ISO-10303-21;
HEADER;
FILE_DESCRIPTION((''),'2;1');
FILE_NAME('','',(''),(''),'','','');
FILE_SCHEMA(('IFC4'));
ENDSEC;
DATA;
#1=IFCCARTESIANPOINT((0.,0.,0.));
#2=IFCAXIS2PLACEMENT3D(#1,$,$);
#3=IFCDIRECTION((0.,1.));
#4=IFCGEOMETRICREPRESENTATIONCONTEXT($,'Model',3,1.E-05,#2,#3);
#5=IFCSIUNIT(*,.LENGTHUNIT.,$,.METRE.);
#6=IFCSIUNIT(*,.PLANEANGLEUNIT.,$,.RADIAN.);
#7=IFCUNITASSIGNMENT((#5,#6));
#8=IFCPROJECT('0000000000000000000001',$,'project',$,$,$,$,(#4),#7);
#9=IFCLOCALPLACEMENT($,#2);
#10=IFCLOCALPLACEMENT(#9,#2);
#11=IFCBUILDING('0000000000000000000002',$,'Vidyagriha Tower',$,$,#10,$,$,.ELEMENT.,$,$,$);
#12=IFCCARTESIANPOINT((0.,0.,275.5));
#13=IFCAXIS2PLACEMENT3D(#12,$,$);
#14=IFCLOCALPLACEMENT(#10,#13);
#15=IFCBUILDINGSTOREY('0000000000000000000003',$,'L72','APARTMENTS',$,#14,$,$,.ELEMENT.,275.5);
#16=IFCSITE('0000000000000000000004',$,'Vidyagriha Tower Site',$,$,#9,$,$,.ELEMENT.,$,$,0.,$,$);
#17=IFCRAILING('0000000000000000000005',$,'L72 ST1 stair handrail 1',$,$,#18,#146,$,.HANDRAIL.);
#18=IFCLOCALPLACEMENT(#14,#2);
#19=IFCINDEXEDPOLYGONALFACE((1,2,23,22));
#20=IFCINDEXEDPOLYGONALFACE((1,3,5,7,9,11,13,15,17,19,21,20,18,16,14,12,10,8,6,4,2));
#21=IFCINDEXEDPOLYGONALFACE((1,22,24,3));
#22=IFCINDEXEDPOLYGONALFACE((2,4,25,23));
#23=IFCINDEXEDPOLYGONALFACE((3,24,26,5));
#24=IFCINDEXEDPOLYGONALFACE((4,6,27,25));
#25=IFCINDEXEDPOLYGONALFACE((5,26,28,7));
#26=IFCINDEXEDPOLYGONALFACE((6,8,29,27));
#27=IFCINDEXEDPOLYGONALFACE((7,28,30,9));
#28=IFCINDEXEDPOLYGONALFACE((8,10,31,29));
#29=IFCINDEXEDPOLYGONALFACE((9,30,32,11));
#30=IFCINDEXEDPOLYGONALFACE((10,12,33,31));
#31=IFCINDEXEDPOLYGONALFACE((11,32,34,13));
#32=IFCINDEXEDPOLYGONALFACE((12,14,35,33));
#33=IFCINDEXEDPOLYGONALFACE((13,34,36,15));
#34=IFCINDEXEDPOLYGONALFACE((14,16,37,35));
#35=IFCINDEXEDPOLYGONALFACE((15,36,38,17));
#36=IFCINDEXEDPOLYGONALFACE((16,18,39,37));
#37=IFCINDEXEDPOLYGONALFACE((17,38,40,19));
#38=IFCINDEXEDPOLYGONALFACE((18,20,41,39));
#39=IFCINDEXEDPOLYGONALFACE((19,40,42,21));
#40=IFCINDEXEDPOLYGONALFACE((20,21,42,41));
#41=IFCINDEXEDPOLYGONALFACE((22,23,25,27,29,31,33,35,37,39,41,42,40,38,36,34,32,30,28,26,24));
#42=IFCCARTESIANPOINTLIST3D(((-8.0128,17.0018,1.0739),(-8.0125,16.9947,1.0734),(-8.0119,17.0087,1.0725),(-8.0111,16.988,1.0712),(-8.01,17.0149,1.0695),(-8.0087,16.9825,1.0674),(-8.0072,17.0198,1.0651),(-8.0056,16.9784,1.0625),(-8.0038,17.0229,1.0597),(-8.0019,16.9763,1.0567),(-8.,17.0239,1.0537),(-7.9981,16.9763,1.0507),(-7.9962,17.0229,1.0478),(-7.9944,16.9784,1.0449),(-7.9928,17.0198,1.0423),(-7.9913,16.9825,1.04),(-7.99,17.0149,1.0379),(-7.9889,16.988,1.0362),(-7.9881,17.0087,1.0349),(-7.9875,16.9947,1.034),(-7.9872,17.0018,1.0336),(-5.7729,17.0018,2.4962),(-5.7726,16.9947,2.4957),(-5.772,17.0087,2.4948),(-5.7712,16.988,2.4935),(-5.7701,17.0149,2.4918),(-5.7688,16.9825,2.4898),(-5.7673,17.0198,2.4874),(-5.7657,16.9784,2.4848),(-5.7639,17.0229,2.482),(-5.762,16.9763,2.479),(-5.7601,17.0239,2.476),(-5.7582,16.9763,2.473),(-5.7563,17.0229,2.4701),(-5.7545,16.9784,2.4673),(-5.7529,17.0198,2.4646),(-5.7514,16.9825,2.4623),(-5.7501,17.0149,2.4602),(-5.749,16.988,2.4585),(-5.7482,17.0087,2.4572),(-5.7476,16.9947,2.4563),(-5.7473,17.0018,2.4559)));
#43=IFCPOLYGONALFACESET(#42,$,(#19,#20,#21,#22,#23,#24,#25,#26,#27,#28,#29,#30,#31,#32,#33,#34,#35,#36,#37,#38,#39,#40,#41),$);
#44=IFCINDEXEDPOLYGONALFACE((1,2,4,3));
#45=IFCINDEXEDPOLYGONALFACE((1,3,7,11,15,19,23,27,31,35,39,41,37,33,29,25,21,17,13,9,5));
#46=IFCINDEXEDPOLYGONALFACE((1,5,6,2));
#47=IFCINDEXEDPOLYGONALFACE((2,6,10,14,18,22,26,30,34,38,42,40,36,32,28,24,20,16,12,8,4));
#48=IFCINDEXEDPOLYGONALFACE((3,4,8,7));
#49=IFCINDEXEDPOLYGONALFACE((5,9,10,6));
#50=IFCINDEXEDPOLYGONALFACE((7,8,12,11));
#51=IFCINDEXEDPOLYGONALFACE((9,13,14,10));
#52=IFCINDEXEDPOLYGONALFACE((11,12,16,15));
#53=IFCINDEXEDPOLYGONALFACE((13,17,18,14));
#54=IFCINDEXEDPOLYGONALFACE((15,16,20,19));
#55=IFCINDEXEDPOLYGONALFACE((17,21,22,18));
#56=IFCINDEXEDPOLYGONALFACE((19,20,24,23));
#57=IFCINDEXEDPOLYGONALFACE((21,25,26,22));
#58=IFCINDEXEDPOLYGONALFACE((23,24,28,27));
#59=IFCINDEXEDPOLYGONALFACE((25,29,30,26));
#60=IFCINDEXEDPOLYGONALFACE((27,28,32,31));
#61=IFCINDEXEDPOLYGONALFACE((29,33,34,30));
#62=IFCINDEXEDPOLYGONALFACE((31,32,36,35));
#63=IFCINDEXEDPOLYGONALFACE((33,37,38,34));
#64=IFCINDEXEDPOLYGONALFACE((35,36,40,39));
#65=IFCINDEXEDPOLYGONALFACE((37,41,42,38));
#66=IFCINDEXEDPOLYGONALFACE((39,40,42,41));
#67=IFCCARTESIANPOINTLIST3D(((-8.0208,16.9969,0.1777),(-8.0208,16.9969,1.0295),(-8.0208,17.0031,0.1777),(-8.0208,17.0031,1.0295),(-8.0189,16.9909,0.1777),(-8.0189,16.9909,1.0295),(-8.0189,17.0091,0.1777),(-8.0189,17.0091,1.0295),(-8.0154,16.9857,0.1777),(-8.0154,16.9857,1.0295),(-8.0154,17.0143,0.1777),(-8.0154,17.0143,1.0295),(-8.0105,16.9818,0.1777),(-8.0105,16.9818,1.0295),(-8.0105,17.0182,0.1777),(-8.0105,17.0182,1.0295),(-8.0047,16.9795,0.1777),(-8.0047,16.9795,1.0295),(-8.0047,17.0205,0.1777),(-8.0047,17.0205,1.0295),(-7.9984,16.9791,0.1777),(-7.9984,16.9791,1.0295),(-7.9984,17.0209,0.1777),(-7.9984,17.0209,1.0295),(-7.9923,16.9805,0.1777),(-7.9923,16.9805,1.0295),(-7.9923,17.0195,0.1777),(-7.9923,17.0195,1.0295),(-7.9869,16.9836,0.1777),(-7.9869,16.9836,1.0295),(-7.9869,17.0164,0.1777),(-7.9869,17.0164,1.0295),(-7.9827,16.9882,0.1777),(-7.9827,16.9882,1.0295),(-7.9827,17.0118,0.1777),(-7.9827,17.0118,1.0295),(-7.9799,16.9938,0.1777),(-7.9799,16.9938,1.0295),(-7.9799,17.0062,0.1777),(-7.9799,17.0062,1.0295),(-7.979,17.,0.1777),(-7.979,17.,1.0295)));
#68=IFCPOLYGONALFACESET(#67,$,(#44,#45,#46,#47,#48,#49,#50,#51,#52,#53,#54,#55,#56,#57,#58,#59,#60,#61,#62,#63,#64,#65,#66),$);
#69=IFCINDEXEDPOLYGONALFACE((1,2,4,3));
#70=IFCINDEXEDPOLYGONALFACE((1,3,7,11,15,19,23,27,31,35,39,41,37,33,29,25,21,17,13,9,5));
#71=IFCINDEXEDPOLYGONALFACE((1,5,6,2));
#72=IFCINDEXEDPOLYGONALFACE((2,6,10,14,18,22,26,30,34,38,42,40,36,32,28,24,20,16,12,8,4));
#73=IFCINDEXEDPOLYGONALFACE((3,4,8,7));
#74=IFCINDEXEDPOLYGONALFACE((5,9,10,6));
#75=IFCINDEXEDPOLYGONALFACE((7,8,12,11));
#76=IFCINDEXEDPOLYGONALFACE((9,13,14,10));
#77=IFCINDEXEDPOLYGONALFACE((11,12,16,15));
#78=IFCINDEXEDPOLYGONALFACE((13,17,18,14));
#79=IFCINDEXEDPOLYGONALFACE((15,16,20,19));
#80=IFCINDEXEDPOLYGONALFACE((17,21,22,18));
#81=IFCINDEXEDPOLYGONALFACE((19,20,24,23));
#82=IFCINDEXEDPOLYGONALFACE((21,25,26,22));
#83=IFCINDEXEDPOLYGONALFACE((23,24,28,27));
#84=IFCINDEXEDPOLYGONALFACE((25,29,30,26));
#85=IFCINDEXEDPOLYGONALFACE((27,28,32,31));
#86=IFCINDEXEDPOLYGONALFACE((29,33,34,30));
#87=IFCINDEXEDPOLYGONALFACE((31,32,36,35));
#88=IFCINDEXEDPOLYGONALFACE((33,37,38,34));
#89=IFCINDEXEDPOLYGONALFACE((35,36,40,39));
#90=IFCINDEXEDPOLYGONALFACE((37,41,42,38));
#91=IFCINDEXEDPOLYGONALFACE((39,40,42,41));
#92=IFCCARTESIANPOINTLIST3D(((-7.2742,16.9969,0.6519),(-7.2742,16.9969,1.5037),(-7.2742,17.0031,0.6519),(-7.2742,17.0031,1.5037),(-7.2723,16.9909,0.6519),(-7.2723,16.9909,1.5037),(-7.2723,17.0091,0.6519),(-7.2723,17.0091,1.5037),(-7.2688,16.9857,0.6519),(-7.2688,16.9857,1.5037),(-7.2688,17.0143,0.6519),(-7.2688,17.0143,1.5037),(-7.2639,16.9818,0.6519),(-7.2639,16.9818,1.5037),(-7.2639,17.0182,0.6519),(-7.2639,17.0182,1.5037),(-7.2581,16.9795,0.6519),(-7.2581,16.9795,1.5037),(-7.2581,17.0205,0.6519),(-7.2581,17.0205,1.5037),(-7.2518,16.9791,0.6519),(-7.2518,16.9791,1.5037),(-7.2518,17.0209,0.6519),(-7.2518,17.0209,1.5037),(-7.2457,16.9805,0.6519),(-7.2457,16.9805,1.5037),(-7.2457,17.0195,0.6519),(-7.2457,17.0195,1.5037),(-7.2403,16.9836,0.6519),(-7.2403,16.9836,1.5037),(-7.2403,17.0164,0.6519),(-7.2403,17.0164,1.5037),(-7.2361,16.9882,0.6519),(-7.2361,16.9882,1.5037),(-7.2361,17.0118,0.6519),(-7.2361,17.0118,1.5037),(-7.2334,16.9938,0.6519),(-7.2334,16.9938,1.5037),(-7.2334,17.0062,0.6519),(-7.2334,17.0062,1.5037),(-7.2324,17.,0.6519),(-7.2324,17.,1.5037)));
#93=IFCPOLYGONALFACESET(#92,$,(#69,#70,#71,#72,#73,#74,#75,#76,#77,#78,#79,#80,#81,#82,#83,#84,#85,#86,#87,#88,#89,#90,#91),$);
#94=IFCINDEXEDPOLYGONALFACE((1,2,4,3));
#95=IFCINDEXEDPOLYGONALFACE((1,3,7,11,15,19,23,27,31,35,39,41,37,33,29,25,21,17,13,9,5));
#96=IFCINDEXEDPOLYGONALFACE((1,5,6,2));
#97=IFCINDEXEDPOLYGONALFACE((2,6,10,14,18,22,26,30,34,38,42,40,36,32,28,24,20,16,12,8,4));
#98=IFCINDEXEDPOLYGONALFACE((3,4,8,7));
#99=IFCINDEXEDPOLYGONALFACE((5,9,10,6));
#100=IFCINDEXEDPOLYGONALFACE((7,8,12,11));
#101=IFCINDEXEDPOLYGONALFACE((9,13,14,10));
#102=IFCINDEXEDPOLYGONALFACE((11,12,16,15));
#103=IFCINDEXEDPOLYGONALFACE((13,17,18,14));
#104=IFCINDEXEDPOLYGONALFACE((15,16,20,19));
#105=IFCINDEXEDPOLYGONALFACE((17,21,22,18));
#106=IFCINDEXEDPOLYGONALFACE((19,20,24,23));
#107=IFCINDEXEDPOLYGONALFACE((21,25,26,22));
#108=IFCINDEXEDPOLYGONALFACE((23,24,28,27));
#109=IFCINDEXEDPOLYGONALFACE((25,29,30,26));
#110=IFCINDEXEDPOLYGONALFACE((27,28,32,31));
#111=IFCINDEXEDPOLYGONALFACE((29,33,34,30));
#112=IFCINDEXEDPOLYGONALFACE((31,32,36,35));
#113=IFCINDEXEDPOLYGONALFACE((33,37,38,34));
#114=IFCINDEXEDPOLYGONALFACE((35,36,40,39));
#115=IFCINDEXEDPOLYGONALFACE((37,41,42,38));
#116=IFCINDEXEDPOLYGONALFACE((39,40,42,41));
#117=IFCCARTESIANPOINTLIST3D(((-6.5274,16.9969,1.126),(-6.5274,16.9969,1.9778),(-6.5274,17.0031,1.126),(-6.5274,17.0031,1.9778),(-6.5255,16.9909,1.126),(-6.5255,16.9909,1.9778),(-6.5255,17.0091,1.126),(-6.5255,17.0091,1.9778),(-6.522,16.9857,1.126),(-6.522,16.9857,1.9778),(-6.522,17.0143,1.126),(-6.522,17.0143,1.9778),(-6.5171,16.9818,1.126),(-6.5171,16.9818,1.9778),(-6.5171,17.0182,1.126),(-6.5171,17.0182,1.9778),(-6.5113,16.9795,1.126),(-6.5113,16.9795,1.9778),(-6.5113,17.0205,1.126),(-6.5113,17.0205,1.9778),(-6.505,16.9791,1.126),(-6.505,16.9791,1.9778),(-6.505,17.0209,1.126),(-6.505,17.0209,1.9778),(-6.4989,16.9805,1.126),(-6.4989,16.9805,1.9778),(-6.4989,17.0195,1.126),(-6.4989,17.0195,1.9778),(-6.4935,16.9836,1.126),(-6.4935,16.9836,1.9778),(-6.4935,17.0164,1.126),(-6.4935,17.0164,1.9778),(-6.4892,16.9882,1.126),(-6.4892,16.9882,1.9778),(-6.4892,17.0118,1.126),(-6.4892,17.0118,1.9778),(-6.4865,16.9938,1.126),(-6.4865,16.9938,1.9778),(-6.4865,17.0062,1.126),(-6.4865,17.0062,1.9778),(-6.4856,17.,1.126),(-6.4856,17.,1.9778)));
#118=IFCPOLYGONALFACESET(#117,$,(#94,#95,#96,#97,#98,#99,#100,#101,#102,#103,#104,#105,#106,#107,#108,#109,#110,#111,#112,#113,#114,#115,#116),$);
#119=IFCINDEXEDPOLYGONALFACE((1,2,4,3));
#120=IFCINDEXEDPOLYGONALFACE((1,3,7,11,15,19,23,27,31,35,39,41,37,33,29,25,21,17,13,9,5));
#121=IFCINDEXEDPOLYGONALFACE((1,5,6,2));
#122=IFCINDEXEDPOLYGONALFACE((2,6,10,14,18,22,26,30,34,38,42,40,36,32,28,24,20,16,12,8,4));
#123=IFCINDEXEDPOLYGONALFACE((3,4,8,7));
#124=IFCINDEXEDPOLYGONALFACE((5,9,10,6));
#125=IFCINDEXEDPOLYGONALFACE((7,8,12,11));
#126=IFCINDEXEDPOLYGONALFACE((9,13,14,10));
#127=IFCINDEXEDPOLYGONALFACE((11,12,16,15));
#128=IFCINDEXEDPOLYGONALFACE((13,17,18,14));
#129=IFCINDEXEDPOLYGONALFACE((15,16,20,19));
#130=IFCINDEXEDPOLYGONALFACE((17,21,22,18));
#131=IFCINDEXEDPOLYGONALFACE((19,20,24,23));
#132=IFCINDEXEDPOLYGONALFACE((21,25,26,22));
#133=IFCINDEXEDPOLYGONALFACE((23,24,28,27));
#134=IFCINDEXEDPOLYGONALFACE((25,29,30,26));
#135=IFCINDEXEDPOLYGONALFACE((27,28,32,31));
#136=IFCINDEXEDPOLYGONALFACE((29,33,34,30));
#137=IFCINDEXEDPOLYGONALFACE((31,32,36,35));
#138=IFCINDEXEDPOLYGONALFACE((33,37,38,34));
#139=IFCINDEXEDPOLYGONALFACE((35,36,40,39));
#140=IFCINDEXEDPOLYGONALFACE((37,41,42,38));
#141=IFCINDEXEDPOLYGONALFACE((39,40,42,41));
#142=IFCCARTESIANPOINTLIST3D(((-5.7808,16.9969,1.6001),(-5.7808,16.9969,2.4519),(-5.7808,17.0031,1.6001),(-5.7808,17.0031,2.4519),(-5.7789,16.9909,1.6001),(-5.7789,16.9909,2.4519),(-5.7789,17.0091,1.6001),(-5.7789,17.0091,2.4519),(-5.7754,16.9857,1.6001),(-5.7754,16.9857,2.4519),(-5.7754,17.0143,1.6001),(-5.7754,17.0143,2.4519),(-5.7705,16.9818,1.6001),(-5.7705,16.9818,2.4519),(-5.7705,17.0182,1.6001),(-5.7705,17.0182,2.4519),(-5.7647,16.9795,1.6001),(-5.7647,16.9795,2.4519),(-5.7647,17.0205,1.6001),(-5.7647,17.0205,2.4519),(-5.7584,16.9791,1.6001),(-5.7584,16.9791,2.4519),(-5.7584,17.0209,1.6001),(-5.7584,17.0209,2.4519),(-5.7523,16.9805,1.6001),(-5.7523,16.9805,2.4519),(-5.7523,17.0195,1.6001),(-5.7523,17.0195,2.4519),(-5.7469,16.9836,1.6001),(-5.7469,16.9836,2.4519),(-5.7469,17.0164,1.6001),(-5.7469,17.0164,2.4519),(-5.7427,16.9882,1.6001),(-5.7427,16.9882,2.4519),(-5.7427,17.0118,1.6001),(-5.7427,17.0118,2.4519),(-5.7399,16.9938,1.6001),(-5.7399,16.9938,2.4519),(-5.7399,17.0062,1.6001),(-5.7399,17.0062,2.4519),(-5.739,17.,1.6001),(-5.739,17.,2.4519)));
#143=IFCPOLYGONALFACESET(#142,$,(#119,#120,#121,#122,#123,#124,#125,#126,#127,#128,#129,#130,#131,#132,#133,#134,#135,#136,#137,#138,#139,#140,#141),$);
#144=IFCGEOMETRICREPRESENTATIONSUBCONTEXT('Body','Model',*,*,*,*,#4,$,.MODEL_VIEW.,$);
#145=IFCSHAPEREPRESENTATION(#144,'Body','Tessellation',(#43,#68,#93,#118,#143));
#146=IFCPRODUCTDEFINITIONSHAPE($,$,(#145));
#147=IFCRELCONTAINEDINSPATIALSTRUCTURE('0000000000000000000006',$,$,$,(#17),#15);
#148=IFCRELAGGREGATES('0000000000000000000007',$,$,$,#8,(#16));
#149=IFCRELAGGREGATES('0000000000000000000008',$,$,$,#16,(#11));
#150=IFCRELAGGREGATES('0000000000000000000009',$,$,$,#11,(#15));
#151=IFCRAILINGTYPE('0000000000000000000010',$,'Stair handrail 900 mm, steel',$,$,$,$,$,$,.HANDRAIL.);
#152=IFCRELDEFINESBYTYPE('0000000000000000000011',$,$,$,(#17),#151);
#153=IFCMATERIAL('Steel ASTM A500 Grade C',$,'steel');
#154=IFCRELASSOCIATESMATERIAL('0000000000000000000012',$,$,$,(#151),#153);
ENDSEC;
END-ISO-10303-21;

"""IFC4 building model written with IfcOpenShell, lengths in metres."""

from ifc_helpers import new_model, si_unit, direction, frame, origin, origin_2d, place, context, subcontext, project, spatial, circle, extrude, material, type_object, element, save


model = new_model("IFC4")

# Units and contexts
model_context = context("Model", 3, precision=1e-05, world=origin(), true_north=direction((0.0, 1.0)))
body_context = subcontext(model_context, "Body", "Model", "MODEL_VIEW")
ifc_project = project(units=[si_unit("LENGTHUNIT", "METRE"), si_unit("PLANEANGLEUNIT", "RADIAN")], contexts=[model_context])

# Site, building, storey
site_placement = place(None, origin())
site = spatial("IfcSite", under=ifc_project, at=site_placement, Name="Vidyagriha Tower Site", CompositionType="ELEMENT", RefElevation=0.0)
building_placement = place(site_placement, origin())
building = spatial("IfcBuilding", under=site, at=building_placement, Name="Vidyagriha Tower", CompositionType="ELEMENT")
storey_placement = place(building_placement, frame((0.0, 0.0, 275.5)))
storey = spatial("IfcBuildingStorey", under=building, at=storey_placement, Name="L72", Description="APARTMENTS", CompositionType="ELEMENT", Elevation=275.5)

# Railing
ifc_material_1 = material(Name="Steel ASTM A500 Grade C", Category="steel")
railing_type = type_object("IfcRailingType", Name="Stair handrail 900 mm, steel", PredefinedType="HANDRAIL", material=ifc_material_1)
for number, where, name in (
    (1, (-8.0, 17.0, 0.1777), "L72 ST1 stair handrail 1"),
):
    element("IfcRailing", number, at=place(storey_placement, frame(where)), inside=storey, type_object=railing_type, Name=name, PredefinedType="HANDRAIL", context=body_context, shape_type="SweptSolid", body=[
        extrude(circle(Radius=0.0239, at=origin_2d()), frame((0.0, 0.0, 0.876), z_axis=(0.844188, 0.0, 0.536048), x_axis=(0.0, 1.0, 0.0)), (0.0, 0.0, 1.0), 2.6533),
        extrude(circle(Radius=0.021, at=origin_2d()), origin(), (0.0, 0.0, 1.0), 0.8518),
        extrude(circle(Radius=0.021, at=origin_2d()), frame((0.7466, 0.0, 0.4741)), (0.0, 0.0, 1.0), 0.8518),
        extrude(circle(Radius=0.021, at=origin_2d()), frame((1.4934, 0.0, 0.9482)), (0.0, 0.0, 1.0), 0.8518),
        extrude(circle(Radius=0.021, at=origin_2d()), frame((2.24, 0.0, 1.4224)), (0.0, 0.0, 1.0), 0.8518),
    ])

save(model, "model.ifc")
